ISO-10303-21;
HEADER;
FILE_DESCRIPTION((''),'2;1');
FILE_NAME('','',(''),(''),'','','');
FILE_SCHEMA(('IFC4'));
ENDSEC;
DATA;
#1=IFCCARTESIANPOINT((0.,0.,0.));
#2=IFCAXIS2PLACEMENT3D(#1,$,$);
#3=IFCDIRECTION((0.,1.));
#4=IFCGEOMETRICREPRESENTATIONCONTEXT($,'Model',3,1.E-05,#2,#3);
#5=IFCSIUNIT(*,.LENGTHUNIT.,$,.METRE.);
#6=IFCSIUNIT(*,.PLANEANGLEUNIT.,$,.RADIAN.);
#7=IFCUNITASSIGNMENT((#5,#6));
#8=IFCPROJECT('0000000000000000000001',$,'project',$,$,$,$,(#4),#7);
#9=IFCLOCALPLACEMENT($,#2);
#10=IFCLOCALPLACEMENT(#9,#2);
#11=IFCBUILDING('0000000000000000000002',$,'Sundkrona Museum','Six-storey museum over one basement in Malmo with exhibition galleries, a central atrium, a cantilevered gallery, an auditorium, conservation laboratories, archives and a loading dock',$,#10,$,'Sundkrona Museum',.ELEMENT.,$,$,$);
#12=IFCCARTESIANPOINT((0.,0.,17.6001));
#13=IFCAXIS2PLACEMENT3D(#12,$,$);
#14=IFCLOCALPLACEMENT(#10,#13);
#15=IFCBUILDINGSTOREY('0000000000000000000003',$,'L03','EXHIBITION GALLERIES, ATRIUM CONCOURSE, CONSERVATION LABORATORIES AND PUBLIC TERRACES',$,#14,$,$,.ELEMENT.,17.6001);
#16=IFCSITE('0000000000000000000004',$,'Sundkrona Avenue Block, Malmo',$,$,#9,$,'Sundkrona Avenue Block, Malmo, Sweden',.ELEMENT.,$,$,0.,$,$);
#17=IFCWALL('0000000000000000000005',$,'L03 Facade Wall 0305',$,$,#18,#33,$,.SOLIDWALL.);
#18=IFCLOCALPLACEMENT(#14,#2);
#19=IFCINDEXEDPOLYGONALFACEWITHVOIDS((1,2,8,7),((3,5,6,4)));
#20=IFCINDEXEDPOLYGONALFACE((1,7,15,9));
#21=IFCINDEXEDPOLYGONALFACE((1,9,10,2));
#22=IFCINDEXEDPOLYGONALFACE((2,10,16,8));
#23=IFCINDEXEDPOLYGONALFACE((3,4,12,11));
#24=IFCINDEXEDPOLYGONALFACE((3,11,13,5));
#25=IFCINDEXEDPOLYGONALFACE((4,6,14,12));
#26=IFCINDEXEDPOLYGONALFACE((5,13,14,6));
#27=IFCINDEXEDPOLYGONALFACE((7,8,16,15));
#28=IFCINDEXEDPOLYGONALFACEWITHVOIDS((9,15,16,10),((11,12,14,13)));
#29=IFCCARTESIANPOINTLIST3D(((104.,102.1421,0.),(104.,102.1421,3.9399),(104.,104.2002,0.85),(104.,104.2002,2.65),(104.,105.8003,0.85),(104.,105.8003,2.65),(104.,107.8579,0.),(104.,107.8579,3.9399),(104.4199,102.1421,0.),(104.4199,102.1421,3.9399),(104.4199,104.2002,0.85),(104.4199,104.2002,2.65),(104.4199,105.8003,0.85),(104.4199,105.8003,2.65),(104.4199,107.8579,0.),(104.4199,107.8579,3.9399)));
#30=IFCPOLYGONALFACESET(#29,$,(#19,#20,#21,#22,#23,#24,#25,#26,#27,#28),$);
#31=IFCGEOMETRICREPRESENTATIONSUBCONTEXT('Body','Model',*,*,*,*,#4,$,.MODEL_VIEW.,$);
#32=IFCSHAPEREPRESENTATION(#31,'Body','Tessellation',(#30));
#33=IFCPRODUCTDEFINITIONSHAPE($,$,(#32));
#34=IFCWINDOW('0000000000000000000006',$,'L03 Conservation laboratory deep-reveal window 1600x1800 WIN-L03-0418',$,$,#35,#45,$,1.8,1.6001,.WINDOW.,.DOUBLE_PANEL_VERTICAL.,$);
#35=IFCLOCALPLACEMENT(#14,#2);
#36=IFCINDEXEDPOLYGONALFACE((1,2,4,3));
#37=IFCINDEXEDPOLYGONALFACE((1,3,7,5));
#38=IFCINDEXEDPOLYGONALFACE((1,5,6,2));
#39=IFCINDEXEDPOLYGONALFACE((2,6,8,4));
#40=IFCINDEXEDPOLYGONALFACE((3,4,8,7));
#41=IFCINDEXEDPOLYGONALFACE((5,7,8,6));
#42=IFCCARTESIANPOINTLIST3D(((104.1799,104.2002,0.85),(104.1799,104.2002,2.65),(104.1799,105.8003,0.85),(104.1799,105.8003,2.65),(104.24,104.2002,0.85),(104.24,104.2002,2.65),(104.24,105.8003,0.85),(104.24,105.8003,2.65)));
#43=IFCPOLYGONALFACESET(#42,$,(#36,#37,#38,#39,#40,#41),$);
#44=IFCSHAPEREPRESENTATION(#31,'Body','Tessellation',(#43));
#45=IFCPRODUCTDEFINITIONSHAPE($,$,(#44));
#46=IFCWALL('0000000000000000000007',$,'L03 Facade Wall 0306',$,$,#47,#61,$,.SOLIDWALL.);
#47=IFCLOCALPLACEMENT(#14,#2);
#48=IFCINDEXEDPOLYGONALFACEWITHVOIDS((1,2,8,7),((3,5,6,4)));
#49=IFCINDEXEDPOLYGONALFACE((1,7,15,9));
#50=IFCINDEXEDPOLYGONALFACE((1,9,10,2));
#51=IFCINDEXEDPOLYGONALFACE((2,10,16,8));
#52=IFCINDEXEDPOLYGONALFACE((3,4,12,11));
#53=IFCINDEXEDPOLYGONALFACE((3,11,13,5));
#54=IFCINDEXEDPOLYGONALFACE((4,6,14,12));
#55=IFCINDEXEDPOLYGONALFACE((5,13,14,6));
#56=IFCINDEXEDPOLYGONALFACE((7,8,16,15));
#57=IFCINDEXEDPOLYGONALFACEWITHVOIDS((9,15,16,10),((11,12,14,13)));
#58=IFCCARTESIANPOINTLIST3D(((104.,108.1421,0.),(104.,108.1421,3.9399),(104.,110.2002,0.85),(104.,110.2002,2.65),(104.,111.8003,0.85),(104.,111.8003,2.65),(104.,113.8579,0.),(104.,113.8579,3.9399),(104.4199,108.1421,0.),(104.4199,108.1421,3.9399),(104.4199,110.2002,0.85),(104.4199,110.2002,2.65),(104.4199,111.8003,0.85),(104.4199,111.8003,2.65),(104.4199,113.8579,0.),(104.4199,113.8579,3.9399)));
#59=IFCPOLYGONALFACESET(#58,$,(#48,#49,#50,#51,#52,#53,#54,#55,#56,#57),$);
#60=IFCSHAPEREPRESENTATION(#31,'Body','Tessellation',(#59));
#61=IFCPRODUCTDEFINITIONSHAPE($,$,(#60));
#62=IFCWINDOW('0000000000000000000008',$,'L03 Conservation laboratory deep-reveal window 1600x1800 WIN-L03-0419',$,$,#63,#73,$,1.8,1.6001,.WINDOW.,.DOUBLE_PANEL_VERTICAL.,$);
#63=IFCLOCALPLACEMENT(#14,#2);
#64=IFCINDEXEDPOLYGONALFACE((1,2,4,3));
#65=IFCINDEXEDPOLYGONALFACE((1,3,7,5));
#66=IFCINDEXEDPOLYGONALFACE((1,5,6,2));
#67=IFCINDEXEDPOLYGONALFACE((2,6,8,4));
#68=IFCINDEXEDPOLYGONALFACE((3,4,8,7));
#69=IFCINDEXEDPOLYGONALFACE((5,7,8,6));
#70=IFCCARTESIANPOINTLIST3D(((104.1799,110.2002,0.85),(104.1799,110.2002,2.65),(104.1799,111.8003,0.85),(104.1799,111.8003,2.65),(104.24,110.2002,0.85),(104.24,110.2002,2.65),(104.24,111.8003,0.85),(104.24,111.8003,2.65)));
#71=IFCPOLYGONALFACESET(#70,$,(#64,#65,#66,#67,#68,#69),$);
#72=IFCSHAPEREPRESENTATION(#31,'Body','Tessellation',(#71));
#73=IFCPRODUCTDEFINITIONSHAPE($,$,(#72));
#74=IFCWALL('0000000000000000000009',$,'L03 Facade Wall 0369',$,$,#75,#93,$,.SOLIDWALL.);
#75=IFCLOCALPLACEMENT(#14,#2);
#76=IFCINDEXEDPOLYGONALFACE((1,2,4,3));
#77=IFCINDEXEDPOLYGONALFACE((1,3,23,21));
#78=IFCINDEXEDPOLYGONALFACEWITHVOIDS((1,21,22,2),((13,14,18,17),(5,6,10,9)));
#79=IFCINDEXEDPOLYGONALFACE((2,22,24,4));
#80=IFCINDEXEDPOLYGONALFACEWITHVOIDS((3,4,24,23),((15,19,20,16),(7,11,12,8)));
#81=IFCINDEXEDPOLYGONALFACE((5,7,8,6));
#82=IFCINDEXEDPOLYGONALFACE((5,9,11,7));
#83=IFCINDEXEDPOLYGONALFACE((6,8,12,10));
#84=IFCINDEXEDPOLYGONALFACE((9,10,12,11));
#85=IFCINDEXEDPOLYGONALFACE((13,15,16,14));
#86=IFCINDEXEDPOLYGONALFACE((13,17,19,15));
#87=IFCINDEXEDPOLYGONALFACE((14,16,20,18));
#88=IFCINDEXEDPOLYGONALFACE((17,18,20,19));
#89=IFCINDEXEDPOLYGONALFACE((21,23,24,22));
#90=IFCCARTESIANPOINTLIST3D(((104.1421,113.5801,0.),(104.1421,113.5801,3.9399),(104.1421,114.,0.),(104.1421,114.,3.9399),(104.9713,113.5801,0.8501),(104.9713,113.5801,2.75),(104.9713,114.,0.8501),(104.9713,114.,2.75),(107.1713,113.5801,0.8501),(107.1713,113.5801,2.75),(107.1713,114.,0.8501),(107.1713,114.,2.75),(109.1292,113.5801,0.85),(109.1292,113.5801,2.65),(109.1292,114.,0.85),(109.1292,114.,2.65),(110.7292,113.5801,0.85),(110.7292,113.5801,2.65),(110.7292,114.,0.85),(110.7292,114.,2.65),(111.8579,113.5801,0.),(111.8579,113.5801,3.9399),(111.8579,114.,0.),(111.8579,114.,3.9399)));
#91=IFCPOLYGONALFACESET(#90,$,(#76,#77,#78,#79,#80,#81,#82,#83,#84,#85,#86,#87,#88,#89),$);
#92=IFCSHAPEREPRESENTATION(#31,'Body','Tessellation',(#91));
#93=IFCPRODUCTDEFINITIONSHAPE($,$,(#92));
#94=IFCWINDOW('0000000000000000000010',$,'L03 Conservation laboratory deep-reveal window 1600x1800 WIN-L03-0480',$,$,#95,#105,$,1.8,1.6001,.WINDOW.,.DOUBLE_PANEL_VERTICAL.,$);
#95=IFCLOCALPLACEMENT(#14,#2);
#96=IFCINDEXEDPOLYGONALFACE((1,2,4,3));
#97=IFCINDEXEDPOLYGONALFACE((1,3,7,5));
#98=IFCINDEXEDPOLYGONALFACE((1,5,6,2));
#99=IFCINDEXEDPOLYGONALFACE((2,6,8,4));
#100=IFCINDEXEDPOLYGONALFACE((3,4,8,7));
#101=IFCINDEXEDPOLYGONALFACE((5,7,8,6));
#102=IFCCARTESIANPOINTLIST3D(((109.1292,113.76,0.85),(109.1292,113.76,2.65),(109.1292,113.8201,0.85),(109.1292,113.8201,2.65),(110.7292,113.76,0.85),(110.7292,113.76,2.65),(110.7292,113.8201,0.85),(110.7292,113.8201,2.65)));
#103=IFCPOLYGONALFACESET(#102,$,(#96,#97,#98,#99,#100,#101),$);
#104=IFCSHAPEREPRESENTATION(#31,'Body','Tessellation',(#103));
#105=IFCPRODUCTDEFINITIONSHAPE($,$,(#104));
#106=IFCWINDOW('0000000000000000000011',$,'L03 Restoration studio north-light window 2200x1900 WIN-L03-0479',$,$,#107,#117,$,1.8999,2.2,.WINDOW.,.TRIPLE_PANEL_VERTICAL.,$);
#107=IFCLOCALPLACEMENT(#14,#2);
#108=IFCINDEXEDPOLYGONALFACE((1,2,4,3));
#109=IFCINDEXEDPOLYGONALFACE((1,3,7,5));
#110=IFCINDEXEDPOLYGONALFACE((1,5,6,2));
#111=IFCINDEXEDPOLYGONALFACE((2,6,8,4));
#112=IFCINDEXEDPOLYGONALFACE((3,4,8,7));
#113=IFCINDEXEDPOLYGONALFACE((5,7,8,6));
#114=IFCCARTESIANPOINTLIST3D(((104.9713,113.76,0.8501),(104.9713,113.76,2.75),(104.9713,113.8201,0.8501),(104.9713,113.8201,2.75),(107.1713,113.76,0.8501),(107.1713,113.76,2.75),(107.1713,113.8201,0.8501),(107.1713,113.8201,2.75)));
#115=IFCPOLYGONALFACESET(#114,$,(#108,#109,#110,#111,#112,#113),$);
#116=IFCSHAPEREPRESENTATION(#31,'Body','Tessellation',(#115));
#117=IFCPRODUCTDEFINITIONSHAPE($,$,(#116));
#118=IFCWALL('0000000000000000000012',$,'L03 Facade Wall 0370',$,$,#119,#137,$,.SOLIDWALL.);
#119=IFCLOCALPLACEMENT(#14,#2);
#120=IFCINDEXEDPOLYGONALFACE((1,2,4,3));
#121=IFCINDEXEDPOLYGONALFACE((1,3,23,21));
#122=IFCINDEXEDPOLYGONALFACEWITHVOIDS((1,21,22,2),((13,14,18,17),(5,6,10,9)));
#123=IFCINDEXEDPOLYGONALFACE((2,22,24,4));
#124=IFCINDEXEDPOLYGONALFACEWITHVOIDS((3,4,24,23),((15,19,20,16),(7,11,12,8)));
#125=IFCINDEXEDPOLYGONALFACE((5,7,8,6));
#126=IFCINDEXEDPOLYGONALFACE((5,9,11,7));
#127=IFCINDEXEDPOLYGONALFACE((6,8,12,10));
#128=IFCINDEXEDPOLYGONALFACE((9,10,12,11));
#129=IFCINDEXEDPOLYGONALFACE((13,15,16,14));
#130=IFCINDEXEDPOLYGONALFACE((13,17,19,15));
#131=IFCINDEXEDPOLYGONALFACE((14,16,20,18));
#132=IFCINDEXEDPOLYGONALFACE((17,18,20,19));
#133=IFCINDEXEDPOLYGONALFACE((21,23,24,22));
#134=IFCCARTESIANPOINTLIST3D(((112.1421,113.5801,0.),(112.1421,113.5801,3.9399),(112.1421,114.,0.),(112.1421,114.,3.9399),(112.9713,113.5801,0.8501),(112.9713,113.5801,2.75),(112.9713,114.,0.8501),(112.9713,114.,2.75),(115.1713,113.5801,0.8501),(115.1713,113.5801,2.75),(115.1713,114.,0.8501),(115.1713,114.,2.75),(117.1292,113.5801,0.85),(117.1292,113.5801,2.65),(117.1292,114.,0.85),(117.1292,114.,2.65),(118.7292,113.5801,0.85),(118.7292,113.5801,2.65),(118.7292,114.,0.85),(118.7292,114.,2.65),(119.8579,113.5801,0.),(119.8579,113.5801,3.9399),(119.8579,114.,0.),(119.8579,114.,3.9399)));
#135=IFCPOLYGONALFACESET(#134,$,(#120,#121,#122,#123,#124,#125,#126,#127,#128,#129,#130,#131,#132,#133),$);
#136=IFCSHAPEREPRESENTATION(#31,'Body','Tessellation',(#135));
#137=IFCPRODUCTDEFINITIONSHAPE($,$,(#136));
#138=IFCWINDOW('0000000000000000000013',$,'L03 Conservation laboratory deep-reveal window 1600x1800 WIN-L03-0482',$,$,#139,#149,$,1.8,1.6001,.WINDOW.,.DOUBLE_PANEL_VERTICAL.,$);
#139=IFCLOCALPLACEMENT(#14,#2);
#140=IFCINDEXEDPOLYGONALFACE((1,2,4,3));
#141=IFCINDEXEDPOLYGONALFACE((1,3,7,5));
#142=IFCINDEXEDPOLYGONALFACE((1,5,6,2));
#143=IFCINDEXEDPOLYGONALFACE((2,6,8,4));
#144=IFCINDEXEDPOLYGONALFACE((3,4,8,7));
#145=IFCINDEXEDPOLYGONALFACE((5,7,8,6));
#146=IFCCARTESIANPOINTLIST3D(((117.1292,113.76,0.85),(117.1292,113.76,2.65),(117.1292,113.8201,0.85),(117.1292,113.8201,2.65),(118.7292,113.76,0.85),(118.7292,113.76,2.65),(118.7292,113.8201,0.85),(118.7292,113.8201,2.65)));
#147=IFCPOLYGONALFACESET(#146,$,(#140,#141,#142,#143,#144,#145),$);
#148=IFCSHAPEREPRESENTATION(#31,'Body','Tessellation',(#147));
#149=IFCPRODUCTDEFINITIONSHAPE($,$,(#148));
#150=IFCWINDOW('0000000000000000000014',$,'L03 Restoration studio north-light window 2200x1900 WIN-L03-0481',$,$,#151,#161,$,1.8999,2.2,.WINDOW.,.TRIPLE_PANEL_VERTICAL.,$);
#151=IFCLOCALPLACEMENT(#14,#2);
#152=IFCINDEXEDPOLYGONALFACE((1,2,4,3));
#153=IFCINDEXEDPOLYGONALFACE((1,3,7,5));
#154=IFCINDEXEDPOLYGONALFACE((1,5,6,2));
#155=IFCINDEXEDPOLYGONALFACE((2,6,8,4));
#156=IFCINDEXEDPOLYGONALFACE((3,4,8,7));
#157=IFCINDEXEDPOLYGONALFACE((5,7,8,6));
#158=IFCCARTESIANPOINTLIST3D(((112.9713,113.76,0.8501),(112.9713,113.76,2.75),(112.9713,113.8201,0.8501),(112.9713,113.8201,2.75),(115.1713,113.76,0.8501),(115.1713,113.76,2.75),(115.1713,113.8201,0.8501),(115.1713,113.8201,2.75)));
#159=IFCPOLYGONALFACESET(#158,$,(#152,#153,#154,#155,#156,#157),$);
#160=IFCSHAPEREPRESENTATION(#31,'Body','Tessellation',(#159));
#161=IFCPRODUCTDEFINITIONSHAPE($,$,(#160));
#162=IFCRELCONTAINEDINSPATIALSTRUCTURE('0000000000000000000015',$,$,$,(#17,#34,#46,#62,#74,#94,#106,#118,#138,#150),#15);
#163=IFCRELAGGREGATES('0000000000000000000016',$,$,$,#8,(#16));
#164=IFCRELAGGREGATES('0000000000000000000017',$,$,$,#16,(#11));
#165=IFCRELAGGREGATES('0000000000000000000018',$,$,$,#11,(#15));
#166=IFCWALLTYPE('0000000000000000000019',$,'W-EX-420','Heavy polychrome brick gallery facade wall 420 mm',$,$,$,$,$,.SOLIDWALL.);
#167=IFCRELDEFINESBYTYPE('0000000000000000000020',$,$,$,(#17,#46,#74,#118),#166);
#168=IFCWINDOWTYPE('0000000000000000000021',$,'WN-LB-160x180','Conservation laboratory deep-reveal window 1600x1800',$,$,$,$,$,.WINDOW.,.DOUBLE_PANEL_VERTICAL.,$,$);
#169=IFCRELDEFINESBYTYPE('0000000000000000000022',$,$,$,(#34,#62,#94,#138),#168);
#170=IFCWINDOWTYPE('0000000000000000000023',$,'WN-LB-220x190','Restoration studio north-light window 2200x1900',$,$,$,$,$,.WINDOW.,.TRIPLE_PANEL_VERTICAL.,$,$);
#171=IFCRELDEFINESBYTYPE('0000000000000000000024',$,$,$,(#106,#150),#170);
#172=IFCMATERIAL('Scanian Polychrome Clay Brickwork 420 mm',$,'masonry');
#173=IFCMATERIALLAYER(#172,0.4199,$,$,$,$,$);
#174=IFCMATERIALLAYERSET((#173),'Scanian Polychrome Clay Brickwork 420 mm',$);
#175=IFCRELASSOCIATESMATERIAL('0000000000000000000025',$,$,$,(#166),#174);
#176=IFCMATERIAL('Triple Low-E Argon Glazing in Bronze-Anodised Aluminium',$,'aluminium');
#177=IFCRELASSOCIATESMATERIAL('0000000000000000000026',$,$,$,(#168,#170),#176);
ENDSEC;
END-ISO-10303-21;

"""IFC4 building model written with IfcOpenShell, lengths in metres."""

from ifc_helpers import new_model, si_unit, direction, frame, frame_2d, origin, place, context, subcontext, project, spatial, rectangle, extrude, material, layer, layer_set, type_object, element, fill, save


model = new_model("IFC4")

# Units and contexts
model_context = context("Model", 3, precision=1e-05, world=origin(), true_north=direction((0.0, 1.0)))
body_context = subcontext(model_context, "Body", "Model", "MODEL_VIEW")
ifc_project = project(units=[si_unit("LENGTHUNIT", "METRE"), si_unit("PLANEANGLEUNIT", "RADIAN")], contexts=[model_context])

# Site, building, storey
site_placement = place(None, origin())
site = spatial("IfcSite", under=ifc_project, at=site_placement, Name="Sundkrona Avenue Block, Malmo", LongName="Sundkrona Avenue Block, Malmo, Sweden", CompositionType="ELEMENT", RefElevation=0.0)
building_placement = place(site_placement, origin())
building = spatial("IfcBuilding", under=site, at=building_placement, Name="Sundkrona Museum", Description="Six-storey museum over one basement in Malmo with exhibition galleries, a central atrium, a cantilevered gallery, an auditorium, conservation laboratories, archives and a loading dock", LongName="Sundkrona Museum", CompositionType="ELEMENT")
storey_placement = place(building_placement, frame((0.0, 0.0, 17.6001)))
storey = spatial("IfcBuildingStorey", under=building, at=storey_placement, Name="L03", Description="EXHIBITION GALLERIES, ATRIUM CONCOURSE, CONSERVATION LABORATORIES AND PUBLIC TERRACES", CompositionType="ELEMENT", Elevation=17.6001)

# Walls, openings, windows
ifc_material_1 = material(Name="Scanian Polychrome Clay Brickwork 420 mm", Category="masonry")
ifc_layer = layer(ifc_material_1, 0.4199)
ifc_layer_set = layer_set([ifc_layer], Name="Scanian Polychrome Clay Brickwork 420 mm")
wall_type = type_object("IfcWallType", Name="W-EX-420", Description="Heavy polychrome brick gallery facade wall 420 mm", PredefinedType="SOLIDWALL", material=ifc_layer_set)
wall_1_placement = place(storey_placement, frame((104.21, 102.1421, 0.0), z_axis=(0.0, 0.0, 1.0), x_axis=(0.0, 1.0, 0.0)))
wall_1 = element("IfcWall", 1, at=wall_1_placement, inside=storey, type_object=wall_type, Name="L03 Facade Wall 0305", PredefinedType="SOLIDWALL", context=body_context, shape_type="SweptSolid", body=[
    extrude(rectangle(XDim=5.7158, YDim=0.4199, at=frame_2d((2.8579, 0.0))), origin(), (0.0, 0.0, 1.0), 3.9399),
])
opening_1_placement = place(wall_1_placement, frame((2.0581, 0.0, 0.8501)))
opening_1 = element("IfcOpeningElement", 2, at=opening_1_placement, cuts=wall_1, PredefinedType="OPENING", context=body_context, shape_type="SweptSolid", body=[
    extrude(rectangle(XDim=1.6001, YDim=1.8, at=frame_2d((0.8, 0.8999))), frame((0.0, 0.22, 0.0), z_axis=(0.0, -1.0, 0.0), x_axis=(1.0, 0.0, 0.0)), (0.0, 0.0, 1.0), 0.4399),
])
ifc_material_2 = material(Name="Triple Low-E Argon Glazing in Bronze-Anodised Aluminium", Category="aluminium")
window_type_1 = type_object("IfcWindowType", Name="WN-LB-160x180", Description="Conservation laboratory deep-reveal window 1600x1800", PartitioningType="DOUBLE_PANEL_VERTICAL", PredefinedType="WINDOW", material=ifc_material_2)
window_1_placement = place(opening_1_placement, origin())
window_1 = element("IfcWindow", 3, at=window_1_placement, inside=storey, type_object=window_type_1, Name="L03 Conservation laboratory deep-reveal window 1600x1800 WIN-L03-0418", OverallHeight=1.8, OverallWidth=1.6001, PartitioningType="DOUBLE_PANEL_VERTICAL", PredefinedType="WINDOW", context=body_context, shape_type="SweptSolid", body=[
    extrude(rectangle(XDim=1.6001, YDim=1.8, at=frame_2d((0.8, 0.8999))), frame((0.0, 0.03, 0.0), z_axis=(0.0, -1.0, 0.0), x_axis=(1.0, 0.0, 0.0)), (0.0, 0.0, 1.0), 0.0601),
])
fill(opening_1, window_1)
wall_2_placement = place(storey_placement, frame((104.21, 108.1421, 0.0), z_axis=(0.0, 0.0, 1.0), x_axis=(0.0, 1.0, 0.0)))
wall_2 = element("IfcWall", 4, at=wall_2_placement, inside=storey, type_object=wall_type, Name="L03 Facade Wall 0306", PredefinedType="SOLIDWALL", context=body_context, shape_type="SweptSolid", body=[
    extrude(rectangle(XDim=5.7158, YDim=0.4199, at=frame_2d((2.8579, 0.0))), origin(), (0.0, 0.0, 1.0), 3.9399),
])
opening_2_placement = place(wall_2_placement, frame((2.0581, 0.0, 0.8501)))
opening_2 = element("IfcOpeningElement", 5, at=opening_2_placement, cuts=wall_2, PredefinedType="OPENING", context=body_context, shape_type="SweptSolid", body=[
    extrude(rectangle(XDim=1.6001, YDim=1.8, at=frame_2d((0.8, 0.8999))), frame((0.0, 0.22, 0.0), z_axis=(0.0, -1.0, 0.0), x_axis=(1.0, 0.0, 0.0)), (0.0, 0.0, 1.0), 0.4399),
])
window_2_placement = place(opening_2_placement, origin())
window_2 = element("IfcWindow", 6, at=window_2_placement, inside=storey, type_object=window_type_1, Name="L03 Conservation laboratory deep-reveal window 1600x1800 WIN-L03-0419", OverallHeight=1.8, OverallWidth=1.6001, PartitioningType="DOUBLE_PANEL_VERTICAL", PredefinedType="WINDOW", context=body_context, shape_type="SweptSolid", body=[
    extrude(rectangle(XDim=1.6001, YDim=1.8, at=frame_2d((0.8, 0.8999))), frame((0.0, 0.03, 0.0), z_axis=(0.0, -1.0, 0.0), x_axis=(1.0, 0.0, 0.0)), (0.0, 0.0, 1.0), 0.0601),
])
fill(opening_2, window_2)

# Walls, openings, windows
wall_3_placement = place(storey_placement, frame((104.1421, 113.79, 0.0), z_axis=(0.0, 0.0, 1.0), x_axis=(1.0, 0.0, 0.0)))
wall_3 = element("IfcWall", 7, at=wall_3_placement, inside=storey, type_object=wall_type, Name="L03 Facade Wall 0369", PredefinedType="SOLIDWALL", context=body_context, shape_type="SweptSolid", body=[
    extrude(rectangle(XDim=7.7158, YDim=0.4199, at=frame_2d((3.8579, 0.0))), origin(), (0.0, 0.0, 1.0), 3.9399),
])
opening_3_placement = place(wall_3_placement, frame((0.8291, 0.0, 0.8501)))
opening_3 = element("IfcOpeningElement", 8, at=opening_3_placement, cuts=wall_3, PredefinedType="OPENING", context=body_context, shape_type="SweptSolid", body=[
    extrude(rectangle(XDim=2.2, YDim=1.8999, at=frame_2d((1.1001, 0.95))), frame((0.0, 0.22, 0.0), z_axis=(0.0, -1.0, 0.0), x_axis=(1.0, 0.0, 0.0)), (0.0, 0.0, 1.0), 0.4399),
])
opening_4_placement = place(wall_3_placement, frame((4.9871, 0.0, 0.8501)))
opening_4 = element("IfcOpeningElement", 9, at=opening_4_placement, cuts=wall_3, PredefinedType="OPENING", context=body_context, shape_type="SweptSolid", body=[
    extrude(rectangle(XDim=1.6001, YDim=1.8, at=frame_2d((0.8, 0.8999))), frame((0.0, 0.22, 0.0), z_axis=(0.0, -1.0, 0.0), x_axis=(1.0, 0.0, 0.0)), (0.0, 0.0, 1.0), 0.4399),
])
window_3_placement = place(opening_4_placement, origin())
window_3 = element("IfcWindow", 10, at=window_3_placement, inside=storey, type_object=window_type_1, Name="L03 Conservation laboratory deep-reveal window 1600x1800 WIN-L03-0480", OverallHeight=1.8, OverallWidth=1.6001, PartitioningType="DOUBLE_PANEL_VERTICAL", PredefinedType="WINDOW", context=body_context, shape_type="SweptSolid", body=[
    extrude(rectangle(XDim=1.6001, YDim=1.8, at=frame_2d((0.8, 0.8999))), frame((0.0, 0.03, 0.0), z_axis=(0.0, -1.0, 0.0), x_axis=(1.0, 0.0, 0.0)), (0.0, 0.0, 1.0), 0.0601),
])
fill(opening_4, window_3)
window_type_2 = type_object("IfcWindowType", Name="WN-LB-220x190", Description="Restoration studio north-light window 2200x1900", PartitioningType="TRIPLE_PANEL_VERTICAL", PredefinedType="WINDOW", material=ifc_material_2)
window_4_placement = place(opening_3_placement, origin())
window_4 = element("IfcWindow", 11, at=window_4_placement, inside=storey, type_object=window_type_2, Name="L03 Restoration studio north-light window 2200x1900 WIN-L03-0479", OverallHeight=1.8999, OverallWidth=2.2, PartitioningType="TRIPLE_PANEL_VERTICAL", PredefinedType="WINDOW", context=body_context, shape_type="SweptSolid", body=[
    extrude(rectangle(XDim=2.2, YDim=1.8999, at=frame_2d((1.1001, 0.95))), frame((0.0, 0.03, 0.0), z_axis=(0.0, -1.0, 0.0), x_axis=(1.0, 0.0, 0.0)), (0.0, 0.0, 1.0), 0.0601),
])
fill(opening_3, window_4)
wall_4_placement = place(storey_placement, frame((112.1421, 113.79, 0.0), z_axis=(0.0, 0.0, 1.0), x_axis=(1.0, 0.0, 0.0)))
wall_4 = element("IfcWall", 12, at=wall_4_placement, inside=storey, type_object=wall_type, Name="L03 Facade Wall 0370", PredefinedType="SOLIDWALL", context=body_context, shape_type="SweptSolid", body=[
    extrude(rectangle(XDim=7.7158, YDim=0.4199, at=frame_2d((3.8579, 0.0))), origin(), (0.0, 0.0, 1.0), 3.9399),
])
opening_5_placement = place(wall_4_placement, frame((0.8291, 0.0, 0.8501)))
opening_5 = element("IfcOpeningElement", 13, at=opening_5_placement, cuts=wall_4, PredefinedType="OPENING", context=body_context, shape_type="SweptSolid", body=[
    extrude(rectangle(XDim=2.2, YDim=1.8999, at=frame_2d((1.1001, 0.95))), frame((0.0, 0.22, 0.0), z_axis=(0.0, -1.0, 0.0), x_axis=(1.0, 0.0, 0.0)), (0.0, 0.0, 1.0), 0.4399),
])
opening_6_placement = place(wall_4_placement, frame((4.9871, 0.0, 0.8501)))
opening_6 = element("IfcOpeningElement", 14, at=opening_6_placement, cuts=wall_4, PredefinedType="OPENING", context=body_context, shape_type="SweptSolid", body=[
    extrude(rectangle(XDim=1.6001, YDim=1.8, at=frame_2d((0.8, 0.8999))), frame((0.0, 0.22, 0.0), z_axis=(0.0, -1.0, 0.0), x_axis=(1.0, 0.0, 0.0)), (0.0, 0.0, 1.0), 0.4399),
])
window_5_placement = place(opening_6_placement, origin())
window_5 = element("IfcWindow", 15, at=window_5_placement, inside=storey, type_object=window_type_1, Name="L03 Conservation laboratory deep-reveal window 1600x1800 WIN-L03-0482", OverallHeight=1.8, OverallWidth=1.6001, PartitioningType="DOUBLE_PANEL_VERTICAL", PredefinedType="WINDOW", context=body_context, shape_type="SweptSolid", body=[
    extrude(rectangle(XDim=1.6001, YDim=1.8, at=frame_2d((0.8, 0.8999))), frame((0.0, 0.03, 0.0), z_axis=(0.0, -1.0, 0.0), x_axis=(1.0, 0.0, 0.0)), (0.0, 0.0, 1.0), 0.0601),
])
fill(opening_6, window_5)
window_6_placement = place(opening_5_placement, origin())
window_6 = element("IfcWindow", 16, at=window_6_placement, inside=storey, type_object=window_type_2, Name="L03 Restoration studio north-light window 2200x1900 WIN-L03-0481", OverallHeight=1.8999, OverallWidth=2.2, PartitioningType="TRIPLE_PANEL_VERTICAL", PredefinedType="WINDOW", context=body_context, shape_type="SweptSolid", body=[
    extrude(rectangle(XDim=2.2, YDim=1.8999, at=frame_2d((1.1001, 0.95))), frame((0.0, 0.03, 0.0), z_axis=(0.0, -1.0, 0.0), x_axis=(1.0, 0.0, 0.0)), (0.0, 0.0, 1.0), 0.0601),
])
fill(opening_5, window_6)

save(model, "model.ifc")
